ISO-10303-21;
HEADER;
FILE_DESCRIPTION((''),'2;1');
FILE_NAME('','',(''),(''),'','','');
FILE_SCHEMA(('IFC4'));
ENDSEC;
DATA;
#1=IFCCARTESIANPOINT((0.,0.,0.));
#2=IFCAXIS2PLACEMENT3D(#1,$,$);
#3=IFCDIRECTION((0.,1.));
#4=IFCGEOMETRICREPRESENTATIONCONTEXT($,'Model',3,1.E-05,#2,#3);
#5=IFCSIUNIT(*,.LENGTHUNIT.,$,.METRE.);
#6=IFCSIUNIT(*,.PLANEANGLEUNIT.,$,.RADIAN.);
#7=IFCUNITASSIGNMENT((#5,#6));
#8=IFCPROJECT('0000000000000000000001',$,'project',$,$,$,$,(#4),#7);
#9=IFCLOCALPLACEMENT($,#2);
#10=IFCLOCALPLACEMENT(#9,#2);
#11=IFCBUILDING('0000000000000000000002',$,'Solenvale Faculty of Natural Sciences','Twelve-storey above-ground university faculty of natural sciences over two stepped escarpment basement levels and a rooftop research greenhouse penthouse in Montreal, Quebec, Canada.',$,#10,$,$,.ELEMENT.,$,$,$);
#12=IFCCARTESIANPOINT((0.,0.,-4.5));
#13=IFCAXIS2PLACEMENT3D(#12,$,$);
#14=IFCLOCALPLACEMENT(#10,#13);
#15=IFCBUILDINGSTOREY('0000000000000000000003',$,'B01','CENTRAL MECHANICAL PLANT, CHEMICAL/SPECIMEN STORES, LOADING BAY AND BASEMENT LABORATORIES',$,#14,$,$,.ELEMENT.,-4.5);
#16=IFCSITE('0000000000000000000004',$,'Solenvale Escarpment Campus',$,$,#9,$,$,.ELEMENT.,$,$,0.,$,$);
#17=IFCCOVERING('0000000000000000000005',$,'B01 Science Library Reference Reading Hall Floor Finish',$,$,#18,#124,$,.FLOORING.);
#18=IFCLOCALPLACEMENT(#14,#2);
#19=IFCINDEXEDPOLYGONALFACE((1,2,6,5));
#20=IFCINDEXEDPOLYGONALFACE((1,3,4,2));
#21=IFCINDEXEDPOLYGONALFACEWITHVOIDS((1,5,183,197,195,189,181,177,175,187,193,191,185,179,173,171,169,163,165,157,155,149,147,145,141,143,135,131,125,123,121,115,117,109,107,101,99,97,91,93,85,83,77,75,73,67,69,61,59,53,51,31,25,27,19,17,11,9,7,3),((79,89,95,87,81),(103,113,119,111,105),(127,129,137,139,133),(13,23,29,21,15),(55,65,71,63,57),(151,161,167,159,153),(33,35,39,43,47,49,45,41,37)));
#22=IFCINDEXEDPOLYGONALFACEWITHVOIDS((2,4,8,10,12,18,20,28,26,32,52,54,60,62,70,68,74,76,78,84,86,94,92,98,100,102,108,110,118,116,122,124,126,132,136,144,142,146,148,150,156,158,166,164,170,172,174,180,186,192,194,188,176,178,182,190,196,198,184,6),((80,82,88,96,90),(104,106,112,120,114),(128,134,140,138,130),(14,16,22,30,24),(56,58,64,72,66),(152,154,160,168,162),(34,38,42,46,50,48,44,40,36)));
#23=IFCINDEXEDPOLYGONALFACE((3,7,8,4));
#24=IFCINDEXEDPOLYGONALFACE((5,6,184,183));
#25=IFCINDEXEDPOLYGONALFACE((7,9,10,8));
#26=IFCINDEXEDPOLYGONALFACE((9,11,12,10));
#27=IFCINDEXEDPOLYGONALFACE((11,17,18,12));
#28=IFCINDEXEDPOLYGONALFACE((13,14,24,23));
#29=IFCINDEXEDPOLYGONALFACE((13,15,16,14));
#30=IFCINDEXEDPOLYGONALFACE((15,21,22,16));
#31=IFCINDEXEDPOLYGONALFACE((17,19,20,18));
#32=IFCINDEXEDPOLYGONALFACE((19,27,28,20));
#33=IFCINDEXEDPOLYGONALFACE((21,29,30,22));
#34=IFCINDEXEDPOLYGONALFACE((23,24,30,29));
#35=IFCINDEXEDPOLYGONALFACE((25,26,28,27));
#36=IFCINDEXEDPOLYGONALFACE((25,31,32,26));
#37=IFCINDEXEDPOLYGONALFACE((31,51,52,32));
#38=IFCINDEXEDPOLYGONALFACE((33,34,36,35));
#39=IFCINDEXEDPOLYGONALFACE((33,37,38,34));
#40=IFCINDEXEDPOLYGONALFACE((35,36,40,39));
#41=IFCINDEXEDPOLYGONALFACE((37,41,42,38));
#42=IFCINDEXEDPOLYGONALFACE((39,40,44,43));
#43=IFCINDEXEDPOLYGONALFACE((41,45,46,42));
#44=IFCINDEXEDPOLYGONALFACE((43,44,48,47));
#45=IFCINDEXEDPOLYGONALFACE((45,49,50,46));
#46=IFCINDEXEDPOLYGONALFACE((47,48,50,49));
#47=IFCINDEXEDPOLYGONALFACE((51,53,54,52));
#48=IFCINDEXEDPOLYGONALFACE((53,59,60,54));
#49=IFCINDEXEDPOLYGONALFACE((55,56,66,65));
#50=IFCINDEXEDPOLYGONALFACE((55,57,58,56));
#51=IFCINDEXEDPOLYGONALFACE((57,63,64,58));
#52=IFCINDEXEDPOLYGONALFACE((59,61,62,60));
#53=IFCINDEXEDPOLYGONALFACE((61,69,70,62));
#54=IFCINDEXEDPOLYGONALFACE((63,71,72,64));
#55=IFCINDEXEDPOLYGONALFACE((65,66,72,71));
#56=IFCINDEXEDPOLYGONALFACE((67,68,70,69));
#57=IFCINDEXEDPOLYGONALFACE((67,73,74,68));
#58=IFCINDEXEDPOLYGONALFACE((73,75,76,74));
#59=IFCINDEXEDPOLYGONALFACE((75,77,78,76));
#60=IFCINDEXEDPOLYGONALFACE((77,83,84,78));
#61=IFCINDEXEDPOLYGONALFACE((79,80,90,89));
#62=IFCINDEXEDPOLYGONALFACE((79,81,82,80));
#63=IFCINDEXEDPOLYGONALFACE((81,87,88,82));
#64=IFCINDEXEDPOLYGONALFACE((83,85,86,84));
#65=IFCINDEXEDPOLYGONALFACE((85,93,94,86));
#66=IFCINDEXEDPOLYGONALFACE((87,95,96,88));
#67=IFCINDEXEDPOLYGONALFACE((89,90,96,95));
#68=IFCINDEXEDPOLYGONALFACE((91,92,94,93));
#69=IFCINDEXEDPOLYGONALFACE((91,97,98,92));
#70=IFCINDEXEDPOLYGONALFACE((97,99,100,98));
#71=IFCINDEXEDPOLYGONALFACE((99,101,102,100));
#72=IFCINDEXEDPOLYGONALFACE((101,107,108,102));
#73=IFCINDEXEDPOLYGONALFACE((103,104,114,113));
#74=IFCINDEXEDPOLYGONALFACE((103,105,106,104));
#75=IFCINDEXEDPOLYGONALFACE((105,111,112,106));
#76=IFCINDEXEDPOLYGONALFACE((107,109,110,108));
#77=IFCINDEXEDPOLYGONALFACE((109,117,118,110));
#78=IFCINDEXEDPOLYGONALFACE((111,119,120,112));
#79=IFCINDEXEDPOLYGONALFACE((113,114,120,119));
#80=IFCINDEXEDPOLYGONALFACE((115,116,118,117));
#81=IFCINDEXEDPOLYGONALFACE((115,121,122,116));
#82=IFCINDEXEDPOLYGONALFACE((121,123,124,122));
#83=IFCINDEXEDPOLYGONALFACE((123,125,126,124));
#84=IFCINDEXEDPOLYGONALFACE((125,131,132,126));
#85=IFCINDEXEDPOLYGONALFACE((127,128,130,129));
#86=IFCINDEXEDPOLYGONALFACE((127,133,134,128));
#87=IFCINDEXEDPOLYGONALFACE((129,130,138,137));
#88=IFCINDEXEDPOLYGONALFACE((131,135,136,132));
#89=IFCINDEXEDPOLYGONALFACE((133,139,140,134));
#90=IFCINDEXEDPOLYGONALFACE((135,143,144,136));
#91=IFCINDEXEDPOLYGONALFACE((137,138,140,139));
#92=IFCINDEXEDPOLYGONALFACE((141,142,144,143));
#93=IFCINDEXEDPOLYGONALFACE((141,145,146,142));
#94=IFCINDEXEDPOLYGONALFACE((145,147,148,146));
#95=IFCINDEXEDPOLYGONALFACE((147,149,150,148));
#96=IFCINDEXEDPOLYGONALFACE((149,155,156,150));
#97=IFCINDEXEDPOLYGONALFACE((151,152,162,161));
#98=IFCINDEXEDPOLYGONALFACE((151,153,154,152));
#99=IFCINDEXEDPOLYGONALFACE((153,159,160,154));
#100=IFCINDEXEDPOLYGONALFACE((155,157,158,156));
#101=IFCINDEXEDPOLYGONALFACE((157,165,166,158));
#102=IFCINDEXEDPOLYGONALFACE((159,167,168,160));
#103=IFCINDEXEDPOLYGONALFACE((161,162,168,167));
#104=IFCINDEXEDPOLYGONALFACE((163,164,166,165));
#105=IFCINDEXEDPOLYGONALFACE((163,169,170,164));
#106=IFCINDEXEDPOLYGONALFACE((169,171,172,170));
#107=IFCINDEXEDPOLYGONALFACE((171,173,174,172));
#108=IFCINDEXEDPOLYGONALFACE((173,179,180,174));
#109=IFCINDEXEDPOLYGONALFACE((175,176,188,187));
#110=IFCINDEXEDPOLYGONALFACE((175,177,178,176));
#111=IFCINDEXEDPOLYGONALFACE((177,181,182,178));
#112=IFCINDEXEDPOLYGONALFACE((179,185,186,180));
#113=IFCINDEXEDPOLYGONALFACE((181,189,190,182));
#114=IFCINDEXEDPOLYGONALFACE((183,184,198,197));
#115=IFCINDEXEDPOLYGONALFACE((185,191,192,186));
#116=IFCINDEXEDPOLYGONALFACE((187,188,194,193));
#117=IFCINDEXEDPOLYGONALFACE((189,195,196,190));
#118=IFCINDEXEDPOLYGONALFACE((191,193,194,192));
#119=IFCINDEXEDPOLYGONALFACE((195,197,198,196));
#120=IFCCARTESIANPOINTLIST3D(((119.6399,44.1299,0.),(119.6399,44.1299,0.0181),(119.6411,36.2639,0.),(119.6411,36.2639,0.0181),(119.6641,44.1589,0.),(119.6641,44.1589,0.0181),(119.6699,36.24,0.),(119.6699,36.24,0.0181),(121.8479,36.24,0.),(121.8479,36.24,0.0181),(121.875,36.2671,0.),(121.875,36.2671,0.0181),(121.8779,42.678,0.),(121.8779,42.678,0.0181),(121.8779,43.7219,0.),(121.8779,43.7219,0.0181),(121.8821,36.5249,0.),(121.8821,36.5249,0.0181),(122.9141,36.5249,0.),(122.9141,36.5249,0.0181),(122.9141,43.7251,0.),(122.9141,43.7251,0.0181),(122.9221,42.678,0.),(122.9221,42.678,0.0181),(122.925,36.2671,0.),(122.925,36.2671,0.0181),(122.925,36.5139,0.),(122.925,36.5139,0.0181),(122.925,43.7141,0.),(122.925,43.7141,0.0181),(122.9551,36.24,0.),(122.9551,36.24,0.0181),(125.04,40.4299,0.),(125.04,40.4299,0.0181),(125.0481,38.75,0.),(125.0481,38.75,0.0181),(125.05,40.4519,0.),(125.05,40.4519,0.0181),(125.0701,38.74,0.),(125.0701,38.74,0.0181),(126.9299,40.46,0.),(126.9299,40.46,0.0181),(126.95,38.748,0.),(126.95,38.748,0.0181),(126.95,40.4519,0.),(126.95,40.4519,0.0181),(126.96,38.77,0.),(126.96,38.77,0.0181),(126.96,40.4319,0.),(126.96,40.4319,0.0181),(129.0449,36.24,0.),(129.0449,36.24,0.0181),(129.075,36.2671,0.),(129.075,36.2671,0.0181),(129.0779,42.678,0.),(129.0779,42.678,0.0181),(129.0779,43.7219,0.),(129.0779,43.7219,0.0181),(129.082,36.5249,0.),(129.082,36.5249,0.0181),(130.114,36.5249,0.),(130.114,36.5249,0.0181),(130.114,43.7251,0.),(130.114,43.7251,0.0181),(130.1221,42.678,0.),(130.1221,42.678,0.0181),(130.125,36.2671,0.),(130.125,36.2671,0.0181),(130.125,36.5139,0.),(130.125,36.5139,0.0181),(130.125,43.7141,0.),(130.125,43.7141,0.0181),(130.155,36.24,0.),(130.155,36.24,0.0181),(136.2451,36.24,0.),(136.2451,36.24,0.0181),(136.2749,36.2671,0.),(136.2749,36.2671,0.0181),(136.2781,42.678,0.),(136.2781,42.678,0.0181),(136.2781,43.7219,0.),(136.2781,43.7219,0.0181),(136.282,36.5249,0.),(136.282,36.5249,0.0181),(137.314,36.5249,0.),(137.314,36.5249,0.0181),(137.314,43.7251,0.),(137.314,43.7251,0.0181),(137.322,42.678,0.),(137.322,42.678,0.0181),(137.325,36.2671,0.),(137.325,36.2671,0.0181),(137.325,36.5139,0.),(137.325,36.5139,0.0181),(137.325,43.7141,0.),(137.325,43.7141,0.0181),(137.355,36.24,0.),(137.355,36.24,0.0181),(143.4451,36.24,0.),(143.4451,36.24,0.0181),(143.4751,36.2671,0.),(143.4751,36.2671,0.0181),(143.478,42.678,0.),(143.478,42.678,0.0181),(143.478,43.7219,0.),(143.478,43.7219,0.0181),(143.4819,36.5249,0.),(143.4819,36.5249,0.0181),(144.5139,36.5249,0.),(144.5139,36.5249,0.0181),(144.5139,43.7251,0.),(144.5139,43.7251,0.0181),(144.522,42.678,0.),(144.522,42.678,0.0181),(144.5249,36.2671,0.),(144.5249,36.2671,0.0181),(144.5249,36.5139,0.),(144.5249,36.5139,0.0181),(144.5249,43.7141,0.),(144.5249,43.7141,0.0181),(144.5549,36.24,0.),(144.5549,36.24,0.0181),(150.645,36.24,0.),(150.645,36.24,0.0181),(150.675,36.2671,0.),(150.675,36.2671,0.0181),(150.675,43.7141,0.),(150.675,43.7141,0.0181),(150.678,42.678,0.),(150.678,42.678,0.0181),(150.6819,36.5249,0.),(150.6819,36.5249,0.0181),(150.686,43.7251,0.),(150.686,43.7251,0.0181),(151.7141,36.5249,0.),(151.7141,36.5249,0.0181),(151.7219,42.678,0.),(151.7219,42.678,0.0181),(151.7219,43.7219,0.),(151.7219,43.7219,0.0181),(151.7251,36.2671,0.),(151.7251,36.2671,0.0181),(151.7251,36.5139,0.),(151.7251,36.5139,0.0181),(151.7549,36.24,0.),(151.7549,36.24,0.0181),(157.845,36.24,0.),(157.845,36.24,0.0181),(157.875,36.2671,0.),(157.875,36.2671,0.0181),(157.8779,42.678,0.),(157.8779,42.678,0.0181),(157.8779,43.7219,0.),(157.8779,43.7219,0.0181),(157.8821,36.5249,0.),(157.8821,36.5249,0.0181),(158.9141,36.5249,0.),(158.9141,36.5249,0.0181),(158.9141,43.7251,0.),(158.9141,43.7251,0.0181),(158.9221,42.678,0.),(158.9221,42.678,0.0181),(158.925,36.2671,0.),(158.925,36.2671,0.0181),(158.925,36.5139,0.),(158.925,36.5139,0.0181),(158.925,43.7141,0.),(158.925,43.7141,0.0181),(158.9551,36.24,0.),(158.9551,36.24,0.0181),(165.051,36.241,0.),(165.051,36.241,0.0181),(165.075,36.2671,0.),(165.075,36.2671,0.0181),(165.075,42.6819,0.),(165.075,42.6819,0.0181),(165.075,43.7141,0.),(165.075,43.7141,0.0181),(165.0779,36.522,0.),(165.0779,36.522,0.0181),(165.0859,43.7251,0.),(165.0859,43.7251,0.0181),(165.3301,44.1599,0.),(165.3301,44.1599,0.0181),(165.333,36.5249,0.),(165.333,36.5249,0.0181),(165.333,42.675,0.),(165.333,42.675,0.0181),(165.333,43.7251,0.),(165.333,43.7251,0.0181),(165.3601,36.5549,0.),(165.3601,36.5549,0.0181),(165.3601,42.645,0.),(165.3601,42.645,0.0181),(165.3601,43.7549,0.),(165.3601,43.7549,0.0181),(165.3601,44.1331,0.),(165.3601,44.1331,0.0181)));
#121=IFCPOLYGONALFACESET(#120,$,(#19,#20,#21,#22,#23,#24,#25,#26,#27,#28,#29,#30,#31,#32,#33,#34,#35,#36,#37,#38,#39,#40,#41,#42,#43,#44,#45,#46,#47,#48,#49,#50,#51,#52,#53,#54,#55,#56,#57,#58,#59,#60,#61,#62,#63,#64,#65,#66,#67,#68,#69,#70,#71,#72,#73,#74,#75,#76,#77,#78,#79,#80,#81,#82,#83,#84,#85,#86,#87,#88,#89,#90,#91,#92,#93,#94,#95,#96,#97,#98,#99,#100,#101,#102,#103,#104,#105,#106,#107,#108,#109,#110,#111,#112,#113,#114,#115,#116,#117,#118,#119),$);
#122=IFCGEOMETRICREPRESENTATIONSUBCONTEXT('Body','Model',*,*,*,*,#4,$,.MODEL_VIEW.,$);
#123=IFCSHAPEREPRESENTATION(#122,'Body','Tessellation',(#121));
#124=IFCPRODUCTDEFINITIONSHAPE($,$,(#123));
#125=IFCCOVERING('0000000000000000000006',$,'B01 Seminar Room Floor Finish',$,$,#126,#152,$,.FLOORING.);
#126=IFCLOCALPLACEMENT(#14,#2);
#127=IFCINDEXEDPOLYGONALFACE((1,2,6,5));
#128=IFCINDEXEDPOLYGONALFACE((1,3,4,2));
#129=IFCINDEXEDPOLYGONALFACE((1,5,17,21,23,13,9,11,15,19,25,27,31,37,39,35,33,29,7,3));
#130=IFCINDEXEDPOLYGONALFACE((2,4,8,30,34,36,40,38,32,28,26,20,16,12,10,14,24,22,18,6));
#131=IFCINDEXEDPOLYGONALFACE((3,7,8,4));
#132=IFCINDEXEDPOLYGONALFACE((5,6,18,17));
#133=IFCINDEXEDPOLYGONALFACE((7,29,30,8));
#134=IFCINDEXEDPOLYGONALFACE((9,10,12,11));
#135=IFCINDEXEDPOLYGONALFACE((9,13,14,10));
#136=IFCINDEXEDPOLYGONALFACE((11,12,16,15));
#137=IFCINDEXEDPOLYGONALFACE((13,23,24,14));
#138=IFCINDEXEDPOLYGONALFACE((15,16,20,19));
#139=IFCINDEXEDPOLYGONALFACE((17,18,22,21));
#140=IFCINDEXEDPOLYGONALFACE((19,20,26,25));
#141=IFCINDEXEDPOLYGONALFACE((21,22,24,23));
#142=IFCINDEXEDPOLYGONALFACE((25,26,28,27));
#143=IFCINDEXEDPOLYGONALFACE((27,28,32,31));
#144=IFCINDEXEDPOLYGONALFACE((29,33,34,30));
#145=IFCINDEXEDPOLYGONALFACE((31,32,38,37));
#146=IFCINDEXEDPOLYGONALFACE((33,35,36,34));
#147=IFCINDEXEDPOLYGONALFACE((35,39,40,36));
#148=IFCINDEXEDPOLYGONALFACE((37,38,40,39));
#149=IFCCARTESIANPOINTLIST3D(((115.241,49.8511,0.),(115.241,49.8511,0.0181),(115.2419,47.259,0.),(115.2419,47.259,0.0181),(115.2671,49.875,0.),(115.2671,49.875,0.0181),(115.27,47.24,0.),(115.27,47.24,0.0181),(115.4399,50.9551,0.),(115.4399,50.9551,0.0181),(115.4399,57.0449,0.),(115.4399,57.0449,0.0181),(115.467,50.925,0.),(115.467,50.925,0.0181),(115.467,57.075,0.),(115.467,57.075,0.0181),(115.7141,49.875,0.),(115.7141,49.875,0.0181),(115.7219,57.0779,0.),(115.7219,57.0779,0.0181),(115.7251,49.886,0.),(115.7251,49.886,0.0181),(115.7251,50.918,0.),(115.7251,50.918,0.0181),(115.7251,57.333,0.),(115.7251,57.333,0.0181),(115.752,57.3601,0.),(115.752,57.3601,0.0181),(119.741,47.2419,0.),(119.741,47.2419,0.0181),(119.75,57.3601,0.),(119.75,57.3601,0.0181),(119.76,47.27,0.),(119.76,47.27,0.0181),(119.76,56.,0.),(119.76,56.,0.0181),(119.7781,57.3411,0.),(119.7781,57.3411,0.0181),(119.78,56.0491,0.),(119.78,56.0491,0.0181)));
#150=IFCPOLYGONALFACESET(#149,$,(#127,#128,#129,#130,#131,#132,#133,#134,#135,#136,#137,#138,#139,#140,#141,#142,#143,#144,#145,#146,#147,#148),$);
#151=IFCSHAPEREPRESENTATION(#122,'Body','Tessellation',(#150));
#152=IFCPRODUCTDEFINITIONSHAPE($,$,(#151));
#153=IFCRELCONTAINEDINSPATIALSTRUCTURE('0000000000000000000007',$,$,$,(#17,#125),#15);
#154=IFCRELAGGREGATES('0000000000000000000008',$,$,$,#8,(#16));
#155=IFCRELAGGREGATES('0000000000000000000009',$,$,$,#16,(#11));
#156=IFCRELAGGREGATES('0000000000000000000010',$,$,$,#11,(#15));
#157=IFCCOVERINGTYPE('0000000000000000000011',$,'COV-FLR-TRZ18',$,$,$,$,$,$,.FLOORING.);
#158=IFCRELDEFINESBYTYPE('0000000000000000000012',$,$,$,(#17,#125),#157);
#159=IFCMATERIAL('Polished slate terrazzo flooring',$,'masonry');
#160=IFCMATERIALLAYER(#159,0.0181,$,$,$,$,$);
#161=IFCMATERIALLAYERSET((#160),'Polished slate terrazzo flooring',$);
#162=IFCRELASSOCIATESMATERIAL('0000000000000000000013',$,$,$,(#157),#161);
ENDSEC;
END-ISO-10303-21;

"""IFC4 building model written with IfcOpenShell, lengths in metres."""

from ifc_helpers import new_model, si_unit, direction, frame, origin, place, context, subcontext, project, spatial, polyline, outline, extrude, material, layer, layer_set, type_object, element, save


model = new_model("IFC4")

# Units and contexts
model_context = context("Model", 3, precision=1e-05, world=origin(), true_north=direction((0.0, 1.0)))
body_context = subcontext(model_context, "Body", "Model", "MODEL_VIEW")
ifc_project = project(units=[si_unit("LENGTHUNIT", "METRE"), si_unit("PLANEANGLEUNIT", "RADIAN")], contexts=[model_context])

# Site, building, storey
site_placement = place(None, origin())
site = spatial("IfcSite", under=ifc_project, at=site_placement, Name="Solenvale Escarpment Campus", CompositionType="ELEMENT", RefElevation=0.0)
building_placement = place(site_placement, origin())
building = spatial("IfcBuilding", under=site, at=building_placement, Name="Solenvale Faculty of Natural Sciences", Description="Twelve-storey above-ground university faculty of natural sciences over two stepped escarpment basement levels and a rooftop research greenhouse penthouse in Montreal, Quebec, Canada.", CompositionType="ELEMENT")
storey_placement = place(building_placement, frame((0.0, 0.0, -4.5)))
storey = spatial("IfcBuildingStorey", under=building, at=storey_placement, Name="B01", Description="CENTRAL MECHANICAL PLANT, CHEMICAL/SPECIMEN STORES, LOADING BAY AND BASEMENT LABORATORIES", CompositionType="ELEMENT", Elevation=-4.5)

# Coverings
ifc_material_1 = material(Name="Polished slate terrazzo flooring", Category="masonry")
ifc_layer_1 = layer(ifc_material_1, 0.0181)
ifc_layer_set_1 = layer_set([ifc_layer_1], Name="Polished slate terrazzo flooring")
covering_type_1 = type_object("IfcCoveringType", Name="COV-FLR-TRZ18", PredefinedType="FLOORING", material=ifc_layer_set_1)
covering_1_placement = place(storey_placement, origin())
element("IfcCovering", 1, at=covering_1_placement, inside=storey, type_object=covering_type_1, Name="B01 Science Library Reference Reading Hall Floor Finish", PredefinedType="FLOORING", context=body_context, shape_type="SweptSolid", body=[
    extrude(outline(polyline([(165.3601, 43.7549), (165.333, 43.7251), (165.0859, 43.7251), (165.075, 43.7141), (165.075, 42.6819), (165.333, 42.675), (165.3601, 42.645), (165.3601, 36.5549), (165.333, 36.5249), (165.0779, 36.522), (165.075, 36.2671), (165.051, 36.241), (158.9551, 36.24), (158.925, 36.2671), (158.925, 36.5139), (158.9141, 36.5249), (157.8821, 36.5249), (157.875, 36.2671), (157.845, 36.24), (151.7549, 36.24), (151.7251, 36.2671), (151.7251, 36.5139), (151.7141, 36.5249), (150.6819, 36.5249), (150.675, 36.2671), (150.645, 36.24), (144.5549, 36.24), (144.5249, 36.2671), (144.5249, 36.5139), (144.5139, 36.5249), (143.4819, 36.5249), (143.4751, 36.2671), (143.4451, 36.24), (137.355, 36.24), (137.325, 36.2671), (137.325, 36.5139), (137.314, 36.5249), (136.282, 36.5249), (136.2749, 36.2671), (136.2451, 36.24), (130.155, 36.24), (130.125, 36.2671), (130.125, 36.5139), (130.114, 36.5249), (129.082, 36.5249), (129.075, 36.2671), (129.0449, 36.24), (122.9551, 36.24), (122.925, 36.2671), (122.925, 36.5139), (122.9141, 36.5249), (121.8821, 36.5249), (121.875, 36.2671), (121.8479, 36.24), (119.6699, 36.24), (119.6411, 36.2639), (119.6399, 44.1299), (119.6641, 44.1589), (165.3301, 44.1599), (165.3601, 44.1331), (165.3601, 43.7549)]), holes=[polyline([(158.925, 43.7141), (158.9141, 43.7251), (157.8779, 43.7219), (157.8779, 42.678), (158.9221, 42.678), (158.925, 43.7141)]), polyline([(150.686, 43.7251), (150.675, 43.7141), (150.678, 42.678), (151.7219, 42.678), (151.7219, 43.7219), (150.686, 43.7251)]), polyline([(144.5249, 43.7141), (144.5139, 43.7251), (143.478, 43.7219), (143.478, 42.678), (144.522, 42.678), (144.5249, 43.7141)]), polyline([(137.325, 43.7141), (137.314, 43.7251), (136.2781, 43.7219), (136.2781, 42.678), (137.322, 42.678), (137.325, 43.7141)]), polyline([(130.125, 43.7141), (130.114, 43.7251), (129.0779, 43.7219), (129.0779, 42.678), (130.1221, 42.678), (130.125, 43.7141)]), polyline([(126.96, 40.4319), (126.95, 40.4519), (126.9299, 40.46), (125.05, 40.4519), (125.04, 40.4299), (125.0481, 38.75), (125.0701, 38.74), (126.95, 38.748), (126.96, 38.77), (126.96, 40.4319)]), polyline([(122.925, 43.7141), (122.9141, 43.7251), (121.8779, 43.7219), (121.8779, 42.678), (122.9221, 42.678), (122.925, 43.7141)])]), origin(), (0.0, 0.0, 1.0), 0.0181),
])
covering_2_placement = place(storey_placement, origin())
element("IfcCovering", 2, at=covering_2_placement, inside=storey, type_object=covering_type_1, Name="B01 Seminar Room Floor Finish", PredefinedType="FLOORING", context=body_context, shape_type="SweptSolid", body=[
    extrude(outline(polyline([(115.4399, 57.0449), (115.467, 57.075), (115.7219, 57.0779), (115.7251, 57.333), (115.752, 57.3601), (119.75, 57.3601), (119.7781, 57.3411), (119.78, 56.0491), (119.76, 56.0), (119.76, 47.27), (119.741, 47.2419), (115.27, 47.24), (115.2419, 47.259), (115.241, 49.8511), (115.2671, 49.875), (115.7141, 49.875), (115.7251, 49.886), (115.7251, 50.918), (115.467, 50.925), (115.4399, 50.9551), (115.4399, 57.0449)])), origin(), (0.0, 0.0, 1.0), 0.0181),
])

save(model, "model.ifc")
